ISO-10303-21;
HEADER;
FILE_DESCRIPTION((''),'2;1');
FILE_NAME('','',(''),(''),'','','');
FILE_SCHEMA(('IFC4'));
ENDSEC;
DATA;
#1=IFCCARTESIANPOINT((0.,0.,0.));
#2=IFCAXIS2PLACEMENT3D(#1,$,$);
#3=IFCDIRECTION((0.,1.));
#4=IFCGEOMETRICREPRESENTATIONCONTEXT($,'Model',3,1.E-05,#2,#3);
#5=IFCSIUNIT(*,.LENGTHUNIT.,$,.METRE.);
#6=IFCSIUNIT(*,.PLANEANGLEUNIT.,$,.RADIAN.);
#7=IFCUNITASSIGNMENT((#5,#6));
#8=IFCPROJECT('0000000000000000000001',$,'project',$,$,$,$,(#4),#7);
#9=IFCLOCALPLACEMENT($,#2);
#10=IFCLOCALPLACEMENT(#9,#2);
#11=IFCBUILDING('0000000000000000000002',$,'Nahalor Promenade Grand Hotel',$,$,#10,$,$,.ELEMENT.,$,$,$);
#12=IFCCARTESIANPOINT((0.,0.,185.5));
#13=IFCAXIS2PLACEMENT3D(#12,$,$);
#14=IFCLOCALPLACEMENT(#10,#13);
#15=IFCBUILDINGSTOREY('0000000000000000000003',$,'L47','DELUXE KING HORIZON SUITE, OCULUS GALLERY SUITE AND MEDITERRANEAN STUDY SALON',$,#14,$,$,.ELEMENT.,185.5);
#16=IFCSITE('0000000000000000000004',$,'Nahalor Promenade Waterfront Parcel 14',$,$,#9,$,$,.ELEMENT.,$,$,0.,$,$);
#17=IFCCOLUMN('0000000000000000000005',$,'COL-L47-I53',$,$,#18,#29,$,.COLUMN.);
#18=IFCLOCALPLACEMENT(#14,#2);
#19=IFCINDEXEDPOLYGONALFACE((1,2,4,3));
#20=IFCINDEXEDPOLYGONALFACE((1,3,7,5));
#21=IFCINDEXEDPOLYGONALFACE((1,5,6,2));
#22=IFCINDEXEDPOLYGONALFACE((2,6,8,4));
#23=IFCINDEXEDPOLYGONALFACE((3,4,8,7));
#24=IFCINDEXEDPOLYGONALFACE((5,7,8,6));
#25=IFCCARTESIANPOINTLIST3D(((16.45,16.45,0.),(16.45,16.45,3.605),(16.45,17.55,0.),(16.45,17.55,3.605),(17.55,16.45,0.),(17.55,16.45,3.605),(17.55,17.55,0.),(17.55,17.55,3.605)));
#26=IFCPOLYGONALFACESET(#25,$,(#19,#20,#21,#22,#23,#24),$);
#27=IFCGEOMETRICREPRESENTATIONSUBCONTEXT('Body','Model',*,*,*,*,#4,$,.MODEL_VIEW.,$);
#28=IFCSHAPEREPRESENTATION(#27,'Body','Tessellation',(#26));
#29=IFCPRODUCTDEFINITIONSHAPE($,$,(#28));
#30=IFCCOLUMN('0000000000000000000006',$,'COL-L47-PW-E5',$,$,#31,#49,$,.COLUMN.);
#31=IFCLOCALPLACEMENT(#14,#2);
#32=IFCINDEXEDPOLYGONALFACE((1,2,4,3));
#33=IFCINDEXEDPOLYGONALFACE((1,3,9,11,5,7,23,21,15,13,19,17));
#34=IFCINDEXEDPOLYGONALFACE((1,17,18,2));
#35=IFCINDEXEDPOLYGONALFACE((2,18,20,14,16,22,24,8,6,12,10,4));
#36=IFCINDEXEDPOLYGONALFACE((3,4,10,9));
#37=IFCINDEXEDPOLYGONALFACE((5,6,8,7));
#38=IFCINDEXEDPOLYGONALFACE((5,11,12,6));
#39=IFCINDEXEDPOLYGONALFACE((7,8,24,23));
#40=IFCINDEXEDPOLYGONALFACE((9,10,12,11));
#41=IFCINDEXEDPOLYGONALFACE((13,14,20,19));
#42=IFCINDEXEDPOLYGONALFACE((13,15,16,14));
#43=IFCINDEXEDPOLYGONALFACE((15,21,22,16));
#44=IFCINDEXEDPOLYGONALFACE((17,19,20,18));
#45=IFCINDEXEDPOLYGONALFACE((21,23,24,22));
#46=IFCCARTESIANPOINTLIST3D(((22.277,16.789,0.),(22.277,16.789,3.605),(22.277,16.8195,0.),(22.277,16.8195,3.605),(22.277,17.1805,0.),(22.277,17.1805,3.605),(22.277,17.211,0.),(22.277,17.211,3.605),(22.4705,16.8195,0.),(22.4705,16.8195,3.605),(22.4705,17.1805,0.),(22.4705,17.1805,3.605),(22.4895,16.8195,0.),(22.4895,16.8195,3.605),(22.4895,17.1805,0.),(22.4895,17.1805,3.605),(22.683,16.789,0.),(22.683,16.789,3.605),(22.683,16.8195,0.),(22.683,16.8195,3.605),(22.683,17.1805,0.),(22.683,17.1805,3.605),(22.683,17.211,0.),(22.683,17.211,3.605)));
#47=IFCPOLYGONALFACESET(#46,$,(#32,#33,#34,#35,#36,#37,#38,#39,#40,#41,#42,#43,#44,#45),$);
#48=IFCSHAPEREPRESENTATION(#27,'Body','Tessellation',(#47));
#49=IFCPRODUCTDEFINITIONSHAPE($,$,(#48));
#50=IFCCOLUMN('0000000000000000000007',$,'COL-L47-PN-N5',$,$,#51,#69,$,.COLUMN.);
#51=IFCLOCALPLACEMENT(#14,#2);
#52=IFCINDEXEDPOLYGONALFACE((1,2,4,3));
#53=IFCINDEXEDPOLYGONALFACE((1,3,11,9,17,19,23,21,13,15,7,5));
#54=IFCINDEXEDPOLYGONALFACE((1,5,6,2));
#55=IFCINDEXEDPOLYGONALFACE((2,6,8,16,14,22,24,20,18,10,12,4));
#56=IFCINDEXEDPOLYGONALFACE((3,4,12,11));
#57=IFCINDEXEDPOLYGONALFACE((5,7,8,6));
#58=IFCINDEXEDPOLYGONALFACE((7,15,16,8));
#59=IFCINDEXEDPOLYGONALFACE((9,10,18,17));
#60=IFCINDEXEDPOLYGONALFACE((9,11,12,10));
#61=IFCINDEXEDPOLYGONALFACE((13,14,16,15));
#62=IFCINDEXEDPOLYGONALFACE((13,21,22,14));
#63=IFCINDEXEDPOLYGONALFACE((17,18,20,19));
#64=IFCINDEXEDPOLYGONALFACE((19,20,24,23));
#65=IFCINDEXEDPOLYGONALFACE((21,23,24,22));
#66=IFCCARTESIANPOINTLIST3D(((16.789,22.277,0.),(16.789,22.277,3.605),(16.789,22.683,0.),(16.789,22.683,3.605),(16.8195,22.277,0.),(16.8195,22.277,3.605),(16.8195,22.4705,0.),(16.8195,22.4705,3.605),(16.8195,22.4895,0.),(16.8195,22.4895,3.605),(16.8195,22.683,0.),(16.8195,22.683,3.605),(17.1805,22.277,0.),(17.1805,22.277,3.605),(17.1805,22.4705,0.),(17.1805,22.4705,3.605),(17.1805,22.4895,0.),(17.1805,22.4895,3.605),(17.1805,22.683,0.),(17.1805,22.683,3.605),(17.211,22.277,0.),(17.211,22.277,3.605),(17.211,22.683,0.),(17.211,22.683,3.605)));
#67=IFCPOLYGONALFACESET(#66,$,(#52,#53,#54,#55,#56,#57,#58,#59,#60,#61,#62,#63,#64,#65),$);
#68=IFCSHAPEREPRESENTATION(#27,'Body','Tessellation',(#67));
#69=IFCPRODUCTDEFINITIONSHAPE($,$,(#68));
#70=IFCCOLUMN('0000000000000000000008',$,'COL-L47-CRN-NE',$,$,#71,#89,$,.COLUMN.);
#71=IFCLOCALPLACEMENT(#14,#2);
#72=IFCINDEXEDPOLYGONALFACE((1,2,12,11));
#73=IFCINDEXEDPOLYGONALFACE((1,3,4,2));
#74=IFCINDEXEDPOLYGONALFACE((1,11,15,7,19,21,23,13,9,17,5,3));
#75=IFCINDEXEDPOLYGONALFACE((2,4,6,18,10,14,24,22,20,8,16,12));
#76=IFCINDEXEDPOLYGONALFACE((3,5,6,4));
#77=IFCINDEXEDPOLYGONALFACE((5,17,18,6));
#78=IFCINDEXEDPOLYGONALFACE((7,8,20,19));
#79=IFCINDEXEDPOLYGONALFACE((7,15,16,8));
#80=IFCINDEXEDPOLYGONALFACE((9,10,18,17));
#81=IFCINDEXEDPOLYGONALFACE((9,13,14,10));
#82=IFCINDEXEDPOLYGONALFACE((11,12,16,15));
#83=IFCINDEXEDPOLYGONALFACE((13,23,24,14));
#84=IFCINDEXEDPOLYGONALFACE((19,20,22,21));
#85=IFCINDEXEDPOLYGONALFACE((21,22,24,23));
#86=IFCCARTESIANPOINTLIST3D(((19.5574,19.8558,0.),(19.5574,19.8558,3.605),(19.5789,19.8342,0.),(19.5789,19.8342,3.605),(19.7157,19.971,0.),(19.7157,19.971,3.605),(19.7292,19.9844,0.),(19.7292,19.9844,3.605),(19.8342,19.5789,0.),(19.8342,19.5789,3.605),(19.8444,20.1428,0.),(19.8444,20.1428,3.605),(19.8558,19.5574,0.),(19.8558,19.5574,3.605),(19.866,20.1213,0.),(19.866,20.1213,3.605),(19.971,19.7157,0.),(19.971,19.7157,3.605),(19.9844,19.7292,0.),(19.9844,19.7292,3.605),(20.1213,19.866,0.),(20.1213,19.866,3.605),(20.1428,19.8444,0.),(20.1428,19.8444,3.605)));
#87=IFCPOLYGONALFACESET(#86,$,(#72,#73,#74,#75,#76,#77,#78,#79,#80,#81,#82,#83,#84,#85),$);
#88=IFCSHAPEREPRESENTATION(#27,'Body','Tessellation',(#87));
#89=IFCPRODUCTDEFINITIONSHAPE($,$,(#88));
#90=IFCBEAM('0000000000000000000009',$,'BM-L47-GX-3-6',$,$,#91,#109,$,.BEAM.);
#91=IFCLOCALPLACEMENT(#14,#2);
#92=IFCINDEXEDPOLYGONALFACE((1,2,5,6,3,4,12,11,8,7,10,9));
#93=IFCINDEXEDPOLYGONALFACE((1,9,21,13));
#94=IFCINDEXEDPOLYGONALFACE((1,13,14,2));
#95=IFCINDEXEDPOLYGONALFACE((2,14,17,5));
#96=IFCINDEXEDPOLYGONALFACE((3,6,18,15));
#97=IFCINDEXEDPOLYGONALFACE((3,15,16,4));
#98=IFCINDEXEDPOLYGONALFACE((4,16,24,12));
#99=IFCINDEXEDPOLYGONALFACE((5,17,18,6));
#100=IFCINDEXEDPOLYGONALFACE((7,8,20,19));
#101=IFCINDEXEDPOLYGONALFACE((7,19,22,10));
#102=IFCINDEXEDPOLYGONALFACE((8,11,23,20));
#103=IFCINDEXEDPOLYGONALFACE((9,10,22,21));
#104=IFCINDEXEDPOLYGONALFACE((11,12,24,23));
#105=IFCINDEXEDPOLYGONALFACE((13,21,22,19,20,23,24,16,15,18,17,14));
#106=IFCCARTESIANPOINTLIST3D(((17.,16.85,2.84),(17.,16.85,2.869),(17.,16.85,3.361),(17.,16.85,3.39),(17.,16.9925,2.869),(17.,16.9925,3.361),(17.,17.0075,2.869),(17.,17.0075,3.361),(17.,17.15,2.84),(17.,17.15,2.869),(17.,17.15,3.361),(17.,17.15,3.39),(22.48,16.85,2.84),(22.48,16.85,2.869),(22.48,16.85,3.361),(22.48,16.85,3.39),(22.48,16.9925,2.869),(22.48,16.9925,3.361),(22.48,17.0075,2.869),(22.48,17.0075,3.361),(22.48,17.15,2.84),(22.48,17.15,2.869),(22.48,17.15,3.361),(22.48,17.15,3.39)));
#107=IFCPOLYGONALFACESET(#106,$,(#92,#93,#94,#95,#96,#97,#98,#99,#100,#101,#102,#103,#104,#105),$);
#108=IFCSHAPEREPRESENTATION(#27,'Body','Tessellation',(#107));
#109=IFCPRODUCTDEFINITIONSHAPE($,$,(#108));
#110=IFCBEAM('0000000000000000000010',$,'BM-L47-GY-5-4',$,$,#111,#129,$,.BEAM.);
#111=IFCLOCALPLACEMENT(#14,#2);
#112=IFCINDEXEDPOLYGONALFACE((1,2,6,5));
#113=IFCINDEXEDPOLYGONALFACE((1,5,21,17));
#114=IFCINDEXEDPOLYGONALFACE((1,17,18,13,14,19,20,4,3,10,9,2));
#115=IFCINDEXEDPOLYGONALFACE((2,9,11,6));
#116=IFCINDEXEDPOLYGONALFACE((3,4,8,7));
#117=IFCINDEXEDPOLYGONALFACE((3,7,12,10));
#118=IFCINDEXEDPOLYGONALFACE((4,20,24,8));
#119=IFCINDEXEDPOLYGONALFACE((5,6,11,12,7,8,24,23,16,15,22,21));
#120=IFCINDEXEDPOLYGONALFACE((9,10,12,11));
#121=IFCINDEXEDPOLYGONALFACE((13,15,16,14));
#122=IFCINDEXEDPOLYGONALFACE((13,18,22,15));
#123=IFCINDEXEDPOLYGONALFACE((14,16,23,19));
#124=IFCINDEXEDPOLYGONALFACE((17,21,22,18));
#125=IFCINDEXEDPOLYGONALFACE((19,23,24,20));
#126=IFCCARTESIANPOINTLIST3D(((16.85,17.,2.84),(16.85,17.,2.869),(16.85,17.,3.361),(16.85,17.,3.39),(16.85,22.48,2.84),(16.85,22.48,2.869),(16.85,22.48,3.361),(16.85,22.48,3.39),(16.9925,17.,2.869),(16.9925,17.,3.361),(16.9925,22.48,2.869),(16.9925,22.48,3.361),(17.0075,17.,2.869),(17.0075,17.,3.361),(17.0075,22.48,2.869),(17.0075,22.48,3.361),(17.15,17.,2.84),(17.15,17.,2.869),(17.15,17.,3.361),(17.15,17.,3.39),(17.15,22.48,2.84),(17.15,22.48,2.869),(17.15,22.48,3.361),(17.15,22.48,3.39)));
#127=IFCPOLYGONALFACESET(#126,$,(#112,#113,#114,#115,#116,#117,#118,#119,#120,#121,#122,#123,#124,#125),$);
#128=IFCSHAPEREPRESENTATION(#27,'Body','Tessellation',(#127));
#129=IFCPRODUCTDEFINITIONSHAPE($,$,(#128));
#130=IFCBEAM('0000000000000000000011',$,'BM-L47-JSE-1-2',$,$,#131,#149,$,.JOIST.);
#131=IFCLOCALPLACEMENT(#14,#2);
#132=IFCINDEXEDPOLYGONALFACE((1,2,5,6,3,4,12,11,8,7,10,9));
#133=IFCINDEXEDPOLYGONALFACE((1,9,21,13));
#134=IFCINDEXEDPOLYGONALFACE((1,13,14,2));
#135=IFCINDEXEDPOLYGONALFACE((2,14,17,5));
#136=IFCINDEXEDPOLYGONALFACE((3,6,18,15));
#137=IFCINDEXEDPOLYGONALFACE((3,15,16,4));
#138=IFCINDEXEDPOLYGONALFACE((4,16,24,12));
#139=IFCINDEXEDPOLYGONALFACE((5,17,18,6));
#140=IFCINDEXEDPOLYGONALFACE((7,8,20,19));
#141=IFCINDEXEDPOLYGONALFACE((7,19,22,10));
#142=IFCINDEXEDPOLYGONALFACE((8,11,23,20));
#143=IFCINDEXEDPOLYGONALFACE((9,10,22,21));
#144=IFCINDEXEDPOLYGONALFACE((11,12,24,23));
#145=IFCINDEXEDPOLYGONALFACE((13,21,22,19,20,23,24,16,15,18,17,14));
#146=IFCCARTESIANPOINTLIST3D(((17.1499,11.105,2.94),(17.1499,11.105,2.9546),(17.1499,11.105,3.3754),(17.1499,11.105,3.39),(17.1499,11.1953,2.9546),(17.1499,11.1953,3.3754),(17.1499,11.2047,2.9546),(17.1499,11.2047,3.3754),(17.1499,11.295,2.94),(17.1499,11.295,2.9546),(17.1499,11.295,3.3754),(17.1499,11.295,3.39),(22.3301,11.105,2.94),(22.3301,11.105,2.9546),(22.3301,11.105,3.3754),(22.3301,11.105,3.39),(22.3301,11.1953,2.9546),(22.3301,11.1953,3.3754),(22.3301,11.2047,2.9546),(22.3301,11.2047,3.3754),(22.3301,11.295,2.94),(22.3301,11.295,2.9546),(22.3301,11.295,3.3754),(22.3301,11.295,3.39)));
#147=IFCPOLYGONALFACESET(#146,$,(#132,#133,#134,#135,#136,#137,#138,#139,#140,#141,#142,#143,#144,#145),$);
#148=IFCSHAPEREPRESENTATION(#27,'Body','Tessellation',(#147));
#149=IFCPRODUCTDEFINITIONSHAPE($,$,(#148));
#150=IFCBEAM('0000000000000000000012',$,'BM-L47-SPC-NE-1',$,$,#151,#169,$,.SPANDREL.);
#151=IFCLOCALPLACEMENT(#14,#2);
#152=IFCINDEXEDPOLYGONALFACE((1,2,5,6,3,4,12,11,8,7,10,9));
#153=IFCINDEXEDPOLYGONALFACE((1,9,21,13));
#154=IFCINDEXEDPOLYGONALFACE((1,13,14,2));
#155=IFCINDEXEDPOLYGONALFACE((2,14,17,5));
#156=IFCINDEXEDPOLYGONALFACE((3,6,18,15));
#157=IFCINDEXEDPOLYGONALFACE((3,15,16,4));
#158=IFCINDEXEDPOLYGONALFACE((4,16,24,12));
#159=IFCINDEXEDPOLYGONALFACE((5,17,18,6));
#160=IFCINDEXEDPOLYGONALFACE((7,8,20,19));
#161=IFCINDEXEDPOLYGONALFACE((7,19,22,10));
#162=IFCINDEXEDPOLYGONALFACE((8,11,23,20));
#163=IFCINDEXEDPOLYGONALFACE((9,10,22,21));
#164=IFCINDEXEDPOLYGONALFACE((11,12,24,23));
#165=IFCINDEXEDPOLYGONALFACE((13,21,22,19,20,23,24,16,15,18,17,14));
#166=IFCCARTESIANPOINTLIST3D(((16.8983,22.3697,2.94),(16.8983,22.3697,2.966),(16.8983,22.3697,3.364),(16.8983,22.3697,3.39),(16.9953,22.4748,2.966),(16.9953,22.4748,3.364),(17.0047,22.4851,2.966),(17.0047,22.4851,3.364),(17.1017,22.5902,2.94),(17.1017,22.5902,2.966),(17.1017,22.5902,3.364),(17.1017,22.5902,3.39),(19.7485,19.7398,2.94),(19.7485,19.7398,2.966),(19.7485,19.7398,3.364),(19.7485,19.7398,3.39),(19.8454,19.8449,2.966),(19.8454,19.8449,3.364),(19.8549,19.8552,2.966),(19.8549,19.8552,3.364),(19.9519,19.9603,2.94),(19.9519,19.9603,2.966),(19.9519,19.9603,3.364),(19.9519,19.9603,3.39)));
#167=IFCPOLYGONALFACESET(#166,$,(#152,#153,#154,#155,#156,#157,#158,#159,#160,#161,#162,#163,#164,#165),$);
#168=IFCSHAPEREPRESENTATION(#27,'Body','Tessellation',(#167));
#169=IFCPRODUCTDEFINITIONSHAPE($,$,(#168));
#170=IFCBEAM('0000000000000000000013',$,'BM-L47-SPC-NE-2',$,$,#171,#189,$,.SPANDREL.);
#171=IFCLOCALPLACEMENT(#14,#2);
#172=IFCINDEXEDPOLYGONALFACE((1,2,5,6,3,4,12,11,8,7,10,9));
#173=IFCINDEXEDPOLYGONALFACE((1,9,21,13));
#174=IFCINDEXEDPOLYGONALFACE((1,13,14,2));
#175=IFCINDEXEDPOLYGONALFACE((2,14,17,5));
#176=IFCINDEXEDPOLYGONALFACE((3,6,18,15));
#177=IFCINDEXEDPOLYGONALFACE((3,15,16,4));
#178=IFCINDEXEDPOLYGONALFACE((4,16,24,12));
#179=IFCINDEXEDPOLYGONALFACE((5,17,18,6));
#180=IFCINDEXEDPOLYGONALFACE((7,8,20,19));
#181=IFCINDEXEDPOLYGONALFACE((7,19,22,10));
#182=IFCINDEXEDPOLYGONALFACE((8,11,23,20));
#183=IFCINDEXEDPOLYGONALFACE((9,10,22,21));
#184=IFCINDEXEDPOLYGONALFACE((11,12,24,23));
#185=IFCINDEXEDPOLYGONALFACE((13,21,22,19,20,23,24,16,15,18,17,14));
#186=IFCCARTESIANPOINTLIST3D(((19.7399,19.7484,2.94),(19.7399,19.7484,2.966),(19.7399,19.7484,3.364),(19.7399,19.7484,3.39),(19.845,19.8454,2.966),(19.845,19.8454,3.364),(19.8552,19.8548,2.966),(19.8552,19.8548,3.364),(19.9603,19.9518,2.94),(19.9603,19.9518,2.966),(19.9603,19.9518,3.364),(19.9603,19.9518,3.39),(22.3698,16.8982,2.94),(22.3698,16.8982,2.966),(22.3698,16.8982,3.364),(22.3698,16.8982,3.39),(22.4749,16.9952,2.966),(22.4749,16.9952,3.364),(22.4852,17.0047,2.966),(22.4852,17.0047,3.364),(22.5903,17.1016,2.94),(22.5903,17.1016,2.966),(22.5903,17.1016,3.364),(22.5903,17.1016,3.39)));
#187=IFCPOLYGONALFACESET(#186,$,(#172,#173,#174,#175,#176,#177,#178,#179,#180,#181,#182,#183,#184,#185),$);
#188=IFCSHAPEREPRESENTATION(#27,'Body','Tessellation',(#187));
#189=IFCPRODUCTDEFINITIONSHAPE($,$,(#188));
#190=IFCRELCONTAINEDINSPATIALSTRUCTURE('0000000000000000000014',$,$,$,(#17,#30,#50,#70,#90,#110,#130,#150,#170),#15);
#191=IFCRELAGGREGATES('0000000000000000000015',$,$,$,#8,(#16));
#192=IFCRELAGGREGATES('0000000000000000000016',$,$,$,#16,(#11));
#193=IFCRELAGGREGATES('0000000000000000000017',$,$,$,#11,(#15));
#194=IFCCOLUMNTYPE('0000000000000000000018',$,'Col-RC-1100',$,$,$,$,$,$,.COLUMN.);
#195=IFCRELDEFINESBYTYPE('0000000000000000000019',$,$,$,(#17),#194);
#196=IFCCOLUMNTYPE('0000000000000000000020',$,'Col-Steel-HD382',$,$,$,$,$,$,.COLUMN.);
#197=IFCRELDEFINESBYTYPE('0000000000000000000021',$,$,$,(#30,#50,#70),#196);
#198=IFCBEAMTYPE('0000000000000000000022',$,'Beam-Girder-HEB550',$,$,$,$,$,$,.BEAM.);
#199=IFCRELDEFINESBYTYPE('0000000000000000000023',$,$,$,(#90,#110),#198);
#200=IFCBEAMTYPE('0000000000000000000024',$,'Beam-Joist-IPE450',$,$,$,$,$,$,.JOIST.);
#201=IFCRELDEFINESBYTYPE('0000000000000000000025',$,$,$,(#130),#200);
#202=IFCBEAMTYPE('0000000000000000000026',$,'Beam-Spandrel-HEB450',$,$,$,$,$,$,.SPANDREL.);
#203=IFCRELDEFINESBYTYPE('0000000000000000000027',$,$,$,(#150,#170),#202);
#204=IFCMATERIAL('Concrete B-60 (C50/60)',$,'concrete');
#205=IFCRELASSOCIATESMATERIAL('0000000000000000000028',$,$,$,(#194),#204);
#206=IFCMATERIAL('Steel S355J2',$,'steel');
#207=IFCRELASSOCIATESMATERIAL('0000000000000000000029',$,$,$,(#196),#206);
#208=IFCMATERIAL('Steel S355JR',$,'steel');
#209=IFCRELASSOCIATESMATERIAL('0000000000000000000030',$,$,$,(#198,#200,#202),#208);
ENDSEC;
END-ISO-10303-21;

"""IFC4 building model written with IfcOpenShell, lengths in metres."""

from ifc_helpers import new_model, si_unit, direction, frame, origin, origin_2d, place, context, subcontext, project, spatial, rectangle, i_section, extrude, source, transform, mapped, material, material_profile, profile_set, type_object, element, save


model = new_model("IFC4")

# Units and contexts
model_context = context("Model", 3, precision=1e-05, world=origin(), true_north=direction((0.0, 1.0)))
body_context = subcontext(model_context, "Body", "Model", "MODEL_VIEW")
ifc_project = project(units=[si_unit("LENGTHUNIT", "METRE"), si_unit("PLANEANGLEUNIT", "RADIAN")], contexts=[model_context])

# Site, building, storey
site_placement = place(None, origin())
site = spatial("IfcSite", under=ifc_project, at=site_placement, Name="Nahalor Promenade Waterfront Parcel 14", CompositionType="ELEMENT", RefElevation=0.0)
building_placement = place(site_placement, origin())
building = spatial("IfcBuilding", under=site, at=building_placement, Name="Nahalor Promenade Grand Hotel", CompositionType="ELEMENT")
storey_placement = place(building_placement, frame((0.0, 0.0, 185.5)))
storey = spatial("IfcBuildingStorey", under=building, at=storey_placement, Name="L47", Description="DELUXE KING HORIZON SUITE, OCULUS GALLERY SUITE AND MEDITERRANEAN STUDY SALON", CompositionType="ELEMENT", Elevation=185.5)

# Columns
ifc_material_1 = material(Name="Concrete B-60 (C50/60)", Category="concrete")
ifc_material_profile_1 = material_profile(ifc_material_1, rectangle(XDim=1.1, YDim=1.1, at=origin_2d()), Name="RC 1100x1100")
ifc_profile_set_1 = profile_set([ifc_material_profile_1], Name="Concrete B-60 (C50/60)")
column_type_1 = type_object("IfcColumnType", Name="Col-RC-1100", PredefinedType="COLUMN", material=ifc_profile_set_1)
shared_shape_1 = source(origin(), body_context, "Body", "SweptSolid", [
    extrude(rectangle(XDim=1.1, YDim=1.1, at=origin_2d()), origin(), (0.0, 0.0, 1.0), 3.605),
])
column_placement = place(storey_placement, frame((17.0, 17.0, 0.0), z_axis=(0.0, 0.0, 1.0), x_axis=(1.0, 0.0, 0.0)))
element("IfcColumn", 1, at=column_placement, inside=storey, type_object=column_type_1, Name="COL-L47-I53", PredefinedType="COLUMN", context=body_context, shape_type="MappedRepresentation", body=[
    mapped(shared_shape_1, transform((0.0, 0.0, 0.0), scale=1.0)),
])
ifc_material_2 = material(Name="Steel S355J2", Category="steel")
ifc_material_profile_2 = material_profile(ifc_material_2, i_section(OverallWidth=0.406, OverallDepth=0.422, WebThickness=0.019, FlangeThickness=0.0305, at=origin_2d()), Name="HD 400x382")
ifc_profile_set_2 = profile_set([ifc_material_profile_2], Name="Steel S355J2")
column_type_2 = type_object("IfcColumnType", Name="Col-Steel-HD382", PredefinedType="COLUMN", material=ifc_profile_set_2)
shared_shape_2 = source(origin(), body_context, "Body", "SweptSolid", [
    extrude(i_section(OverallWidth=0.406, OverallDepth=0.422, WebThickness=0.019, FlangeThickness=0.0305, at=origin_2d()), origin(), (0.0, 0.0, 1.0), 3.605),
])
for number, where, z_axis, x_axis, name in (
    (2, (22.48, 17.0, 0.0), (0.0, 0.0, 1.0), (1.0, 0.0, 0.0), "COL-L47-PW-E5"),
    (3, (17.0, 22.48, 0.0), (0.0, 0.0, 1.0), (0.0, 1.0, 0.0), "COL-L47-PN-N5"),
    (4, (19.8501, 19.8501, 0.0), (0.0, 0.0, 1.0), (0.707107, 0.707107, 0.0), "COL-L47-CRN-NE"),
):
    element("IfcColumn", number, at=place(storey_placement, frame(where, z_axis=z_axis, x_axis=x_axis)), inside=storey, type_object=column_type_2, Name=name, PredefinedType="COLUMN", context=body_context, shape_type="MappedRepresentation", body=[
        mapped(shared_shape_2, transform((0.0, 0.0, 0.0), scale=1.0)),
    ])

# Beams
ifc_material_3 = material(Name="Steel S355JR", Category="steel")
ifc_material_profile_3 = material_profile(ifc_material_3, i_section(OverallWidth=0.3, OverallDepth=0.55, WebThickness=0.015, FlangeThickness=0.029, at=origin_2d()), Name="HEB 550")
ifc_profile_set_3 = profile_set([ifc_material_profile_3], Name="Steel S355JR")
beam_type_1 = type_object("IfcBeamType", Name="Beam-Girder-HEB550", PredefinedType="BEAM", material=ifc_profile_set_3)
shared_shape_3 = source(origin(), body_context, "Body", "SweptSolid", [
    extrude(i_section(OverallWidth=0.3, OverallDepth=0.55, WebThickness=0.015, FlangeThickness=0.029, at=origin_2d()), origin(), (0.0, 0.0, 1.0), 5.48),
])
for number, where, z_axis, x_axis, name in (
    (5, (17.0, 17.0, 3.115), (1.0, 0.0, 0.0), (0.0, 1.0, 0.0), "BM-L47-GX-3-6"),
    (6, (17.0, 17.0, 3.115), (0.0, 1.0, 0.0), (-1.0, 0.0, 0.0), "BM-L47-GY-5-4"),
):
    element("IfcBeam", number, at=place(storey_placement, frame(where, z_axis=z_axis, x_axis=x_axis)), inside=storey, type_object=beam_type_1, Name=name, PredefinedType="BEAM", context=body_context, shape_type="MappedRepresentation", body=[
        mapped(shared_shape_3, transform((0.0, 0.0, 0.0), scale=1.0)),
    ])
ifc_material_profile_4 = material_profile(ifc_material_3, i_section(OverallWidth=0.19, OverallDepth=0.45, WebThickness=0.0094, FlangeThickness=0.0146, at=origin_2d()), Name="IPE 450")
ifc_profile_set_4 = profile_set([ifc_material_profile_4], Name="Steel S355JR")
beam_type_2 = type_object("IfcBeamType", Name="Beam-Joist-IPE450", PredefinedType="JOIST", material=ifc_profile_set_4)
shared_shape_4 = source(origin(), body_context, "Body", "SweptSolid", [
    extrude(i_section(OverallWidth=0.19, OverallDepth=0.45, WebThickness=0.0094, FlangeThickness=0.0146, at=origin_2d()), origin(), (0.0, 0.0, 1.0), 5.1802),
])
beam_placement = place(storey_placement, frame((17.1499, 11.2, 3.165), z_axis=(1.0, 0.0, 0.0), x_axis=(0.0, 1.0, 0.0)))
element("IfcBeam", 7, at=beam_placement, inside=storey, type_object=beam_type_2, Name="BM-L47-JSE-1-2", PredefinedType="JOIST", context=body_context, shape_type="MappedRepresentation", body=[
    mapped(shared_shape_4, transform((0.0, 0.0, 0.0), scale=1.0)),
])
ifc_material_profile_5 = material_profile(ifc_material_3, i_section(OverallWidth=0.3, OverallDepth=0.45, WebThickness=0.014, FlangeThickness=0.026, at=origin_2d()), Name="HEB 450")
ifc_profile_set_5 = profile_set([ifc_material_profile_5], Name="Steel S355JR")
beam_type_3 = type_object("IfcBeamType", Name="Beam-Spandrel-HEB450", PredefinedType="SPANDREL", material=ifc_profile_set_5)
shared_shape_5 = source(origin(), body_context, "Body", "SweptSolid", [
    extrude(i_section(OverallWidth=0.3, OverallDepth=0.45, WebThickness=0.014, FlangeThickness=0.026, at=origin_2d()), origin(), (0.0, 0.0, 1.0), 3.8782),
])
for number, where, z_axis, x_axis, name in (
    (8, (17.0, 22.48, 3.165), (0.734929, -0.678144, 0.0), (0.678144, 0.734929, 0.0), "BM-L47-SPC-NE-1"),
    (9, (19.8501, 19.8501, 3.165), (0.678144, -0.734929, 0.0), (0.734929, 0.678144, 0.0), "BM-L47-SPC-NE-2"),
):
    element("IfcBeam", number, at=place(storey_placement, frame(where, z_axis=z_axis, x_axis=x_axis)), inside=storey, type_object=beam_type_3, Name=name, PredefinedType="SPANDREL", context=body_context, shape_type="MappedRepresentation", body=[
        mapped(shared_shape_5, transform((0.0, 0.0, 0.0), scale=1.0)),
    ])

save(model, "model.ifc")
